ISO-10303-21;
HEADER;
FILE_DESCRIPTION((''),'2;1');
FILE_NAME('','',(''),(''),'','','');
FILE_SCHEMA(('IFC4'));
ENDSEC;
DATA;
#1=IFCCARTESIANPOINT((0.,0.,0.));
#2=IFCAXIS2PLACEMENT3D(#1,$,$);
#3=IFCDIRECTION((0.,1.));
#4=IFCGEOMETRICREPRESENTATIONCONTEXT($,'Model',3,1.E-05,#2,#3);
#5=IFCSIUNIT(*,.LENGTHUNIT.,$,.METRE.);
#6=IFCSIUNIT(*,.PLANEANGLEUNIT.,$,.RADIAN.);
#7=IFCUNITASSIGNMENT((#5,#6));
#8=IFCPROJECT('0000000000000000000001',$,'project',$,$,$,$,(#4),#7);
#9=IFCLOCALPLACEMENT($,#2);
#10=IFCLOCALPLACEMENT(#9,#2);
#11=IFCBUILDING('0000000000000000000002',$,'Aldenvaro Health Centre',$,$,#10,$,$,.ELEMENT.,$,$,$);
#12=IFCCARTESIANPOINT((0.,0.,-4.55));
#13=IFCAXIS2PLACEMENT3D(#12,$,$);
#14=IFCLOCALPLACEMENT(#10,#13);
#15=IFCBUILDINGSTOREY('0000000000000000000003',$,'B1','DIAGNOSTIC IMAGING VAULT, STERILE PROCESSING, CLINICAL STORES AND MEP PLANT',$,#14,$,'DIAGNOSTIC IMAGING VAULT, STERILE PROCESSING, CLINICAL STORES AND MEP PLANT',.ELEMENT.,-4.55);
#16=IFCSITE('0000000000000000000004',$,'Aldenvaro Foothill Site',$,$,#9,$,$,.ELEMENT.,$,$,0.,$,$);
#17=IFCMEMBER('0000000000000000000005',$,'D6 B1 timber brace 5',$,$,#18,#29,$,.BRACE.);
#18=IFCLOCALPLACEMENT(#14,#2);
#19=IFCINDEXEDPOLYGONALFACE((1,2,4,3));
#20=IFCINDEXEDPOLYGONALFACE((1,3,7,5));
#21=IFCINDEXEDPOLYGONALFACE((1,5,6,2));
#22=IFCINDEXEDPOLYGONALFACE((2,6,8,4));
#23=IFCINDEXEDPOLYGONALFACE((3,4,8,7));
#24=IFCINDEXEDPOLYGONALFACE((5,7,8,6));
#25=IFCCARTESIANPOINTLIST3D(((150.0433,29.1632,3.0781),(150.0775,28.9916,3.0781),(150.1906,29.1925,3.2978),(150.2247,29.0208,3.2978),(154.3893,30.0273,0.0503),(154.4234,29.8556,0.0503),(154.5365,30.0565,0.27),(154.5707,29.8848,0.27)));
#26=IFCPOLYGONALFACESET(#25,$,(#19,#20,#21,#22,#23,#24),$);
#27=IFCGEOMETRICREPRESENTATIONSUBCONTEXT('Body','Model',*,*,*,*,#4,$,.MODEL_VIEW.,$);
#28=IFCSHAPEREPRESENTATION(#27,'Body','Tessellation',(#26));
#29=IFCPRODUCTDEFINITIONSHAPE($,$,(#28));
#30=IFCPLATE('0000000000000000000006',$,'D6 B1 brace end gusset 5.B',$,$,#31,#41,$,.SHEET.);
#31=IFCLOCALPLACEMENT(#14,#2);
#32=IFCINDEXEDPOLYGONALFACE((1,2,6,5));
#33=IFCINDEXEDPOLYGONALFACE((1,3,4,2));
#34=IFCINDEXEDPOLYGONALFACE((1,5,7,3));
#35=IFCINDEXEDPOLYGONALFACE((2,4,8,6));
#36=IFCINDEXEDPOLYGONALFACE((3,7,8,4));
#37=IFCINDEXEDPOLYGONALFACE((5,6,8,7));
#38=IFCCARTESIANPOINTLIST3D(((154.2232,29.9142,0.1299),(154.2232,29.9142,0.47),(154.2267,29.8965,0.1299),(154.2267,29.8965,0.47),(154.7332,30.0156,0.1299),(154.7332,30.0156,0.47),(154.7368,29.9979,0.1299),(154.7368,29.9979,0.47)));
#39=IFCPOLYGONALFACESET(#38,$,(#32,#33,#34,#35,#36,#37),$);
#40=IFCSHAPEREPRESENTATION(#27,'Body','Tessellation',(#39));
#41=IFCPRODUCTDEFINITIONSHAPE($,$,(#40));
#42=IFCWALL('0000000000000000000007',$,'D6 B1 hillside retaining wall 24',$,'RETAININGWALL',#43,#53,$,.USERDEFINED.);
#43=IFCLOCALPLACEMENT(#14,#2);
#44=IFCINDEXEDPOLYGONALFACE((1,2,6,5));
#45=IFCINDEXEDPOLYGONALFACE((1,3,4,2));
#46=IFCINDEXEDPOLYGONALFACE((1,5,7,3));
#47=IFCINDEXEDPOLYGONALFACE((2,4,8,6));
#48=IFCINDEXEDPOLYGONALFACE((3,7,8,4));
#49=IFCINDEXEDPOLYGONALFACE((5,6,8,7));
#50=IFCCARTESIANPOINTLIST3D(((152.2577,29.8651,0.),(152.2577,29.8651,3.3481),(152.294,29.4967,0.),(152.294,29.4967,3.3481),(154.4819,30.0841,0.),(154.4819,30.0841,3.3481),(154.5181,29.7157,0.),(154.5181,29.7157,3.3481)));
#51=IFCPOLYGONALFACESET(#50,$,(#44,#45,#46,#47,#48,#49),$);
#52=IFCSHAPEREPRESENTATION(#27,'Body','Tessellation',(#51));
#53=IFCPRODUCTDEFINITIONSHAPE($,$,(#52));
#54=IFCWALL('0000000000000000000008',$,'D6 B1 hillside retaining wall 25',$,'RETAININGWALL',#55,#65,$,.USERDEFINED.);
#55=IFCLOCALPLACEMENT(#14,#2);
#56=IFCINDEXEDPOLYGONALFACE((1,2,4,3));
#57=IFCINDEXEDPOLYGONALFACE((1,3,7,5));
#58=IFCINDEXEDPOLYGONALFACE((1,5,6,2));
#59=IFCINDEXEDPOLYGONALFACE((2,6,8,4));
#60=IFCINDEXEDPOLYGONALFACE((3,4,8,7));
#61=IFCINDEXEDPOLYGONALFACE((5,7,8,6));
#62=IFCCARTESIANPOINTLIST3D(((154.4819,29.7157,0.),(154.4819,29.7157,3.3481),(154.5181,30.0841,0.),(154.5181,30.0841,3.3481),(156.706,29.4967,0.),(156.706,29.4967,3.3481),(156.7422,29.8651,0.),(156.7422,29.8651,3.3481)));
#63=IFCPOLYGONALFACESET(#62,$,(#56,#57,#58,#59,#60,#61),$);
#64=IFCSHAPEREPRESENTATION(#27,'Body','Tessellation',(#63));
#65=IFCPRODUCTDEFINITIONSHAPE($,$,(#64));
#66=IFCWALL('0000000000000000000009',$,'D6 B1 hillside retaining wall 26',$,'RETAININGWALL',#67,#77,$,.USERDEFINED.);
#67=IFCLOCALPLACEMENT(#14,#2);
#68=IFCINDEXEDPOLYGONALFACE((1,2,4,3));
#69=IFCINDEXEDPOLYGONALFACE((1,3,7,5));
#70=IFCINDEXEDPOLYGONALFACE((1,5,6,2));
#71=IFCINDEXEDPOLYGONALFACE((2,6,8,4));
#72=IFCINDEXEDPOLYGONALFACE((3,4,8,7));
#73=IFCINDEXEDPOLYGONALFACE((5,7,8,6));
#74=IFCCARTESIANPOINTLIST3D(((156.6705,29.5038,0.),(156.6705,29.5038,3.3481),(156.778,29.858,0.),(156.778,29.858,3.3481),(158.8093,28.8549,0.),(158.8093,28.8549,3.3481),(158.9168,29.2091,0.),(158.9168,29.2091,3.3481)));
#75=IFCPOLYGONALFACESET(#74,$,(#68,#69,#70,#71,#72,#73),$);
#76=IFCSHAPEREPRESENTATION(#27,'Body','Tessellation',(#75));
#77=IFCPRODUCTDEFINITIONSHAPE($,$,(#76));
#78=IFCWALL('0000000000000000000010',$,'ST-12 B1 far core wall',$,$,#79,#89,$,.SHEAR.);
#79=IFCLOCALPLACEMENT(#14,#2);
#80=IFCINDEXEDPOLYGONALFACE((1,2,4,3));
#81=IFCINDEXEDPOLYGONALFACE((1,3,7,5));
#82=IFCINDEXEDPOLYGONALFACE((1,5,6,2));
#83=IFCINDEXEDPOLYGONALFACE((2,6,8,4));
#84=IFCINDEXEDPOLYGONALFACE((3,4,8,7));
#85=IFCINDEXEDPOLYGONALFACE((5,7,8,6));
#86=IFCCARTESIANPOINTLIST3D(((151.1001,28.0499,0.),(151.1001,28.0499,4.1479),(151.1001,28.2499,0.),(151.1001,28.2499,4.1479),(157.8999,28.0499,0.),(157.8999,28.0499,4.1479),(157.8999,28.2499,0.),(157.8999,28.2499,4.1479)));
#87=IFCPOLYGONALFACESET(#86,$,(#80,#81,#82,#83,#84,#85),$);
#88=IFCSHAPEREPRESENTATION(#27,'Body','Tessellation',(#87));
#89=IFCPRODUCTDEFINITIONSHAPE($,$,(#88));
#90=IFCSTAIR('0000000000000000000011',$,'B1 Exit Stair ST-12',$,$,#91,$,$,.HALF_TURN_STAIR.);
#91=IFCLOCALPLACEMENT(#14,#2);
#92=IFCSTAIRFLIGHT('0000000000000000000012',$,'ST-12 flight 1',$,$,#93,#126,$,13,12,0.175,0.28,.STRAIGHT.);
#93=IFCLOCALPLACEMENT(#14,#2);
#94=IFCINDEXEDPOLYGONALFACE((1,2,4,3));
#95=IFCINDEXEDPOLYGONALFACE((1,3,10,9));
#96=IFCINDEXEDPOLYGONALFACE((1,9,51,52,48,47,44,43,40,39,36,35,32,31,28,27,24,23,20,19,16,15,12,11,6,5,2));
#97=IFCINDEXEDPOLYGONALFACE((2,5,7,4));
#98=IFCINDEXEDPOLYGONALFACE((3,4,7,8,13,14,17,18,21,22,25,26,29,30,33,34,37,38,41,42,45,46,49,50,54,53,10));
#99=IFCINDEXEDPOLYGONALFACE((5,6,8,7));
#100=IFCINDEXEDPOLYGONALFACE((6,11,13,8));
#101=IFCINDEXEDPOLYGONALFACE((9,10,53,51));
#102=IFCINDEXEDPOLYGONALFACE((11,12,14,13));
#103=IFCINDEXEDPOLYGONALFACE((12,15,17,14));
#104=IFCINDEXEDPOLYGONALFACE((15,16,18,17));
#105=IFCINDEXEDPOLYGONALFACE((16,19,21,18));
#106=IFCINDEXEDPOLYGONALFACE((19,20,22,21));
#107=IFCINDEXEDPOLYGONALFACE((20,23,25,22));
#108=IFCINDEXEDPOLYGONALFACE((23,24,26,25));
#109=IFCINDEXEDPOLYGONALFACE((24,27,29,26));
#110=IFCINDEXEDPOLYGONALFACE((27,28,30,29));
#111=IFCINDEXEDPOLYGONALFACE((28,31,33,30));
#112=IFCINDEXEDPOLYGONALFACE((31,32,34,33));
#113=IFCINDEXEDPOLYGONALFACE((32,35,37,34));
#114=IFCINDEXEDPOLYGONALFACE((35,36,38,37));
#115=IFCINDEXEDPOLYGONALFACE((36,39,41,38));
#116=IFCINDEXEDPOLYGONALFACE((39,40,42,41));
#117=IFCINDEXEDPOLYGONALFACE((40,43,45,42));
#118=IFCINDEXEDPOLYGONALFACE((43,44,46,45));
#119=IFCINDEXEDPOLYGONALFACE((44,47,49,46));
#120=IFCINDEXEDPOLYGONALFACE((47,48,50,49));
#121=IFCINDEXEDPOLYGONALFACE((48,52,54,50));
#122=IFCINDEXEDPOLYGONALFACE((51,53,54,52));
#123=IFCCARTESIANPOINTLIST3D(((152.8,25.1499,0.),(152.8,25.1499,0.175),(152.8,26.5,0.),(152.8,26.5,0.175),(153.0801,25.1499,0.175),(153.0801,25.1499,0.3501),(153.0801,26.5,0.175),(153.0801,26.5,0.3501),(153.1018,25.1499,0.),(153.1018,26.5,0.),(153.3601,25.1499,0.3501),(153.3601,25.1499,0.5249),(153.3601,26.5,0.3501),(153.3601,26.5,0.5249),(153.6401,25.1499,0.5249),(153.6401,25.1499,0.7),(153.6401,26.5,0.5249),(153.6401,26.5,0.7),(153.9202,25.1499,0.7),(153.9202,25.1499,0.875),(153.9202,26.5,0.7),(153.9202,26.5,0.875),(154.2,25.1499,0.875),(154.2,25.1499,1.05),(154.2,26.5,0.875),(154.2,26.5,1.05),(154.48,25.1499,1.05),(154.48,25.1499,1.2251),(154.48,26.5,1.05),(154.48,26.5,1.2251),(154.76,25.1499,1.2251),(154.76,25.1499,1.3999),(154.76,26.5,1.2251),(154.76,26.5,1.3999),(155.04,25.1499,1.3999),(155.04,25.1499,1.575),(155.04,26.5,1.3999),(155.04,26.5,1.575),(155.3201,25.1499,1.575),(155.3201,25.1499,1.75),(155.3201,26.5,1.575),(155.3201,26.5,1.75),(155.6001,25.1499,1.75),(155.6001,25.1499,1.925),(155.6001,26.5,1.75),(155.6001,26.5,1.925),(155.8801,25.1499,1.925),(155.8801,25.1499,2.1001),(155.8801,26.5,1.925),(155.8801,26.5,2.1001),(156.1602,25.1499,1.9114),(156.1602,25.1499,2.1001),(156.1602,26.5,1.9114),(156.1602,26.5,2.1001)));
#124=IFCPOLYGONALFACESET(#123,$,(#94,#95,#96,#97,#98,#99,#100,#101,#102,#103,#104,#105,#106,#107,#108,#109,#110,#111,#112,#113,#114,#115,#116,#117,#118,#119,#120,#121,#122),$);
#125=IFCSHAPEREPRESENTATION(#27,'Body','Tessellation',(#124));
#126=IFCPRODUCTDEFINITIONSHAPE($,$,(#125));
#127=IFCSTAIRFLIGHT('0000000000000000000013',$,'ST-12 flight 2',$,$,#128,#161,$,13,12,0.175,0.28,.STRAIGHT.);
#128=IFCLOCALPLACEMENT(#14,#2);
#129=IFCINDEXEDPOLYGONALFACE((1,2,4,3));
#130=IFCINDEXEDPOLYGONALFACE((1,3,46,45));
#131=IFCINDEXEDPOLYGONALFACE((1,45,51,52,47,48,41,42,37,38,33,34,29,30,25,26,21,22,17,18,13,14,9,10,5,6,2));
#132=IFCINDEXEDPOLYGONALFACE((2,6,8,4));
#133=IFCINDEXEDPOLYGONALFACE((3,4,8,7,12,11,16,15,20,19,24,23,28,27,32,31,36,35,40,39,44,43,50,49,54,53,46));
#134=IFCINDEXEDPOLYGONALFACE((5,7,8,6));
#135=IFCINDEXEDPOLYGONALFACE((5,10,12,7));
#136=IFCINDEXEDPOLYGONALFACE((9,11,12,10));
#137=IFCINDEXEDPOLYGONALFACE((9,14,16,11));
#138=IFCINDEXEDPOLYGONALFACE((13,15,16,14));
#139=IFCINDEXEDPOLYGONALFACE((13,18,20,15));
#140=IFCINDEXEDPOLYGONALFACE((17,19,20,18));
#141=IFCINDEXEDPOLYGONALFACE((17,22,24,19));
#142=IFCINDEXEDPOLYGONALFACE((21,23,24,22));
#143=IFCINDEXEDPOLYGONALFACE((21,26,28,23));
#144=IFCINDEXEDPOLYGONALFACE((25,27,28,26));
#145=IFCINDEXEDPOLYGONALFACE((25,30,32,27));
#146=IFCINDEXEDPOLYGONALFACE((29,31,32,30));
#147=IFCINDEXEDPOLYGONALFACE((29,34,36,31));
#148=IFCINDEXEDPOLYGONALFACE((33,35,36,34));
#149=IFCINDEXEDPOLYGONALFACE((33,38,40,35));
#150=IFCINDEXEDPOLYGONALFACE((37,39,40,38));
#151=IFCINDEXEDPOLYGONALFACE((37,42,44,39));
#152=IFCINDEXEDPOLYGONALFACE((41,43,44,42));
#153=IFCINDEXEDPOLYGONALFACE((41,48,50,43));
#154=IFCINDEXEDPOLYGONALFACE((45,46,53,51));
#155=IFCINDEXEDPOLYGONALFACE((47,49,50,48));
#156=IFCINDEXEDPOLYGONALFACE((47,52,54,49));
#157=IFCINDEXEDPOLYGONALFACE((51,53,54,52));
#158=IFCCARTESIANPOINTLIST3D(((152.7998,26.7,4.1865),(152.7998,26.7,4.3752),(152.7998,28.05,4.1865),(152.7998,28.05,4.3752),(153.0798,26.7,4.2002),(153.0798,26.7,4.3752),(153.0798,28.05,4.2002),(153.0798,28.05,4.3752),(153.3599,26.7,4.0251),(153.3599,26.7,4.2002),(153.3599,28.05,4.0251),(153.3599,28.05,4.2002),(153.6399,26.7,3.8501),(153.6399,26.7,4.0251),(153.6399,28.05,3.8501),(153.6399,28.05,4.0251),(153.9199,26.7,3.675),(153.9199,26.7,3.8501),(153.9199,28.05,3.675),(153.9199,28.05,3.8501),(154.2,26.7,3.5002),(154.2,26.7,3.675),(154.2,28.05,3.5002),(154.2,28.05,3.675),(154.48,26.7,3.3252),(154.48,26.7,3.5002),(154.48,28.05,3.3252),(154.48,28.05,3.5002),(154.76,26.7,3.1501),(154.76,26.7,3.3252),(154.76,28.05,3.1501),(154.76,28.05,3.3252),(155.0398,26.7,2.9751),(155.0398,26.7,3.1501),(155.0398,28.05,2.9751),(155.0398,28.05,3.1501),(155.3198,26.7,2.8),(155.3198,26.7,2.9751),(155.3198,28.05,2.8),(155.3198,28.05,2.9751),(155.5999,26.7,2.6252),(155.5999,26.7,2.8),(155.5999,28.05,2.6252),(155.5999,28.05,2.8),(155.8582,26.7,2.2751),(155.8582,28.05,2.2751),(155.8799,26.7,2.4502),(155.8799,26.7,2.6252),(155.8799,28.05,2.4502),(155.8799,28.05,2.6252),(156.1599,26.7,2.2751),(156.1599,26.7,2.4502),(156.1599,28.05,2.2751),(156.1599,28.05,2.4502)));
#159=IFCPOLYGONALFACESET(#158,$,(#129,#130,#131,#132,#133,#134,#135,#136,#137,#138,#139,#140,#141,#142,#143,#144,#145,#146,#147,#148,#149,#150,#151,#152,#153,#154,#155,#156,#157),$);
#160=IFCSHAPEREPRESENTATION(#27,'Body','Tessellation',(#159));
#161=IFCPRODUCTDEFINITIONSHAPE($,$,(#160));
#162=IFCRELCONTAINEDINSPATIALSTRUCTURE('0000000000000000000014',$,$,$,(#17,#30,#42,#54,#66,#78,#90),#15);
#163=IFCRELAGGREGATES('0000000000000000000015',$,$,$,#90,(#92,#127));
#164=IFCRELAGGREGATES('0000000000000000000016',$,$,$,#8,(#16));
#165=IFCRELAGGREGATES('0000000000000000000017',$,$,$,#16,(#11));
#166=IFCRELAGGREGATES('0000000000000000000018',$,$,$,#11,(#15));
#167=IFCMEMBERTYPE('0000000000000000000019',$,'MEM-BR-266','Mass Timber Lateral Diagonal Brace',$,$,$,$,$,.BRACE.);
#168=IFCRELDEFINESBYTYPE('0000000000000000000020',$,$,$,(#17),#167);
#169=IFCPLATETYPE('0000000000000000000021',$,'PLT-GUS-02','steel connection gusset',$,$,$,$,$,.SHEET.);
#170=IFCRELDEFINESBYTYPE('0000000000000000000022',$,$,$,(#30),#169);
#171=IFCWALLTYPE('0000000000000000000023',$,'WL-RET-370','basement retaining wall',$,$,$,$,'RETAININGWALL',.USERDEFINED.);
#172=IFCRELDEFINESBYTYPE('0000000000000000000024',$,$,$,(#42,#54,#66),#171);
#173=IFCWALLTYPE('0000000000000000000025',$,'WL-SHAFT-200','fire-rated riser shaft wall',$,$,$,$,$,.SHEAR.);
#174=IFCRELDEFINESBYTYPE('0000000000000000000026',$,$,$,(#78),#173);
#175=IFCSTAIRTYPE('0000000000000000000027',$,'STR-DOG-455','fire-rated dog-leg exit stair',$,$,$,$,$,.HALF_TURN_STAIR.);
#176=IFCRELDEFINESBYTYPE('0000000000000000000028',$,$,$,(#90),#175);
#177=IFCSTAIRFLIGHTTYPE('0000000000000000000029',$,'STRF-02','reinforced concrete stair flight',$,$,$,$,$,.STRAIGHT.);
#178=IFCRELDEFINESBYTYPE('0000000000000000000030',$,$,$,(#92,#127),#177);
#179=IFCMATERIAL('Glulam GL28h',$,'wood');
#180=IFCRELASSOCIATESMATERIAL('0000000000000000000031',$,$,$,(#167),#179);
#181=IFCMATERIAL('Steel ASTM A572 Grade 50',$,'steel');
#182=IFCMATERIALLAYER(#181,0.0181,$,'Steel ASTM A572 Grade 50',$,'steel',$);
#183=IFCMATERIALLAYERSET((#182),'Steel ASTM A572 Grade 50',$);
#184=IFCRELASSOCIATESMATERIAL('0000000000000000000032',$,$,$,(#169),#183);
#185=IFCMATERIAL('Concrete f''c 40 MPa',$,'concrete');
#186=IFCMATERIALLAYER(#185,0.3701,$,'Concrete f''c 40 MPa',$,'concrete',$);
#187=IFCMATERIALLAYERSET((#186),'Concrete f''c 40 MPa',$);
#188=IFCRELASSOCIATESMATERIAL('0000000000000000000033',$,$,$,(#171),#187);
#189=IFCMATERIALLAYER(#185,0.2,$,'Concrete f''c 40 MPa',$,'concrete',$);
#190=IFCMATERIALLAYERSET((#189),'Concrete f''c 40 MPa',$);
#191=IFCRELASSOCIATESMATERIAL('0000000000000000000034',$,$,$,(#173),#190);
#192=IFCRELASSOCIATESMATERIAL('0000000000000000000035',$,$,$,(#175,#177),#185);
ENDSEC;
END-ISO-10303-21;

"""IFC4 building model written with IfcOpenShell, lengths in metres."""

from ifc_helpers import new_model, si_unit, direction, frame, frame_2d, origin, origin_2d, place, context, subcontext, project, spatial, polyline, rectangle, outline, extrude, material, layer, layer_set, material_profile, profile_set, type_object, element, aggregate, save


model = new_model("IFC4")

# Units and contexts
model_context = context("Model", 3, precision=1e-05, world=origin(), true_north=direction((0.0, 1.0)))
body_context = subcontext(model_context, "Body", "Model", "MODEL_VIEW")
ifc_project = project(units=[si_unit("LENGTHUNIT", "METRE"), si_unit("PLANEANGLEUNIT", "RADIAN")], contexts=[model_context])

# Site, building, storey
site_placement = place(None, origin())
site = spatial("IfcSite", under=ifc_project, at=site_placement, Name="Aldenvaro Foothill Site", CompositionType="ELEMENT", RefElevation=0.0)
building_placement = place(site_placement, origin())
building = spatial("IfcBuilding", under=site, at=building_placement, Name="Aldenvaro Health Centre", CompositionType="ELEMENT")
storey_placement = place(building_placement, frame((0.0, 0.0, -4.55)))
storey = spatial("IfcBuildingStorey", under=building, at=storey_placement, Name="B1", Description="DIAGNOSTIC IMAGING VAULT, STERILE PROCESSING, CLINICAL STORES AND MEP PLANT", LongName="DIAGNOSTIC IMAGING VAULT, STERILE PROCESSING, CLINICAL STORES AND MEP PLANT", CompositionType="ELEMENT", Elevation=-4.55)

# Shared definitions
ifc_material_1 = material(Name="Concrete f'c 40 MPa", Category="concrete")

# Member
ifc_material_2 = material(Name="Glulam GL28h", Category="wood")
ifc_material_profile_1 = material_profile(ifc_material_2, rectangle(XDim=0.175, YDim=0.2661, at=origin_2d()), Name="GL 175x266", Category="wood")
ifc_profile_set_1 = profile_set([ifc_material_profile_1], Name="Glulam GL28h")
member_type = type_object("IfcMemberType", Name="MEM-BR-266", Description="Mass Timber Lateral Diagonal Brace", PredefinedType="BRACE", material=ifc_profile_set_1)
member_placement = place(storey_placement, frame((154.48, 29.9561, 0.1602), z_axis=(-0.809798, -0.160995, 0.564188), x_axis=(0.194993, -0.980805, 0.0)))
element("IfcMember", 1, at=member_placement, inside=storey, type_object=member_type, Name="D6 B1 timber brace 5", PredefinedType="BRACE", context=body_context, shape_type="SweptSolid", body=[
    extrude(rectangle(XDim=0.175, YDim=0.2661, at=origin_2d()), origin(), (0.0, 0.0, 1.0), 5.3667),
])

# Plate
ifc_material_3 = material(Name="Steel ASTM A572 Grade 50", Category="steel")
ifc_layer_1 = layer(ifc_material_3, 0.0181, Name="Steel ASTM A572 Grade 50", Category="steel")
ifc_layer_set_1 = layer_set([ifc_layer_1], Name="Steel ASTM A572 Grade 50")
plate_type = type_object("IfcPlateType", Name="PLT-GUS-02", Description="steel connection gusset", PredefinedType="SHEET", material=ifc_layer_set_1)
plate_placement = place(storey_placement, frame((154.48, 29.9561, 0.1299), z_axis=(0.0, 0.0, 1.0), x_axis=(-0.980806, -0.194988, 0.0)))
element("IfcPlate", 2, at=plate_placement, inside=storey, type_object=plate_type, Name="D6 B1 brace end gusset 5.B", PredefinedType="SHEET", context=body_context, shape_type="SweptSolid", body=[
    extrude(rectangle(XDim=0.52, YDim=0.0181, at=origin_2d()), origin(), (0.0, 0.0, 1.0), 0.3401),
])

# Walls
ifc_layer_2 = layer(ifc_material_1, 0.3701, Name="Concrete f'c 40 MPa", Category="concrete")
ifc_layer_set_2 = layer_set([ifc_layer_2], Name="Concrete f'c 40 MPa")
wall_type_1 = type_object("IfcWallType", Name="WL-RET-370", Description="basement retaining wall", ElementType="RETAININGWALL", PredefinedType="USERDEFINED", material=ifc_layer_set_2)
for number, where, z_axis, x_axis, name in (
    (3, (152.2759, 29.6809, 0.0), (0.0, 0.0, 1.0), (0.995187, 0.097989, 0.0), "D6 B1 hillside retaining wall 24"),
    (4, (154.5, 29.8999, 0.0), (0.0, 0.0, 1.0), (0.995187, -0.097989, 0.0), "D6 B1 hillside retaining wall 25"),
):
    element("IfcWall", number, at=place(storey_placement, frame(where, z_axis=z_axis, x_axis=x_axis)), inside=storey, type_object=wall_type_1, Name=name, ObjectType="RETAININGWALL", PredefinedType="USERDEFINED", context=body_context, shape_type="SweptSolid", body=[
        extrude(rectangle(XDim=2.2349, YDim=0.3701, at=frame_2d((1.1174, 0.0))), origin(), (0.0, 0.0, 1.0), 3.3481),
    ])
wall_1_placement = place(storey_placement, frame((156.7241, 29.6809, 0.0), z_axis=(0.0, 0.0, 1.0), x_axis=(0.956929, -0.290323, 0.0)))
element("IfcWall", 5, at=wall_1_placement, inside=storey, type_object=wall_type_1, Name="D6 B1 hillside retaining wall 26", ObjectType="RETAININGWALL", PredefinedType="USERDEFINED", context=body_context, shape_type="SweptSolid", body=[
    extrude(rectangle(XDim=2.2351, YDim=0.3701, at=frame_2d((1.1177, 0.0))), origin(), (0.0, 0.0, 1.0), 3.3481),
])
ifc_layer_3 = layer(ifc_material_1, 0.2, Name="Concrete f'c 40 MPa", Category="concrete")
ifc_layer_set_3 = layer_set([ifc_layer_3], Name="Concrete f'c 40 MPa")
wall_type_2 = type_object("IfcWallType", Name="WL-SHAFT-200", Description="fire-rated riser shaft wall", PredefinedType="SHEAR", material=ifc_layer_set_3)
wall_2_placement = place(storey_placement, frame((151.1001, 28.1499, 0.0), z_axis=(0.0, 0.0, 1.0), x_axis=(1.0, 0.0, 0.0)))
element("IfcWall", 6, at=wall_2_placement, inside=storey, type_object=wall_type_2, Name="ST-12 B1 far core wall", PredefinedType="SHEAR", context=body_context, shape_type="SweptSolid", body=[
    extrude(rectangle(XDim=6.7998, YDim=0.2, at=frame_2d((3.3999, 0.0))), origin(), (0.0, 0.0, 1.0), 4.1479),
])

# Stair, stair flights
stair_type = type_object("IfcStairType", Name="STR-DOG-455", Description="fire-rated dog-leg exit stair", PredefinedType="HALF_TURN_STAIR", material=ifc_material_1)
stair_placement = place(storey_placement, origin())
stair = element("IfcStair", 7, at=stair_placement, inside=storey, type_object=stair_type, Name="B1 Exit Stair ST-12", PredefinedType="HALF_TURN_STAIR")
stair_flight_type = type_object("IfcStairFlightType", Name="STRF-02", Description="reinforced concrete stair flight", PredefinedType="STRAIGHT", material=ifc_material_1)
stair_flight_1_placement = place(storey_placement, frame((152.8, 25.825, 0.0), z_axis=(0.0, 0.0, 1.0), x_axis=(1.0, 0.0, 0.0)))
stair_flight_1 = element("IfcStairFlight", 8, at=stair_flight_1_placement, type_object=stair_flight_type, Name="ST-12 flight 1", NumberOfRisers=13, NumberOfTreads=12, PredefinedType="STRAIGHT", RiserHeight=0.175, TreadLength=0.28, context=body_context, shape_type="SweptSolid", body=[
    extrude(outline(polyline([(0.0, 0.0), (0.0, 0.175), (0.28, 0.175), (0.28, 0.3501), (0.5601, 0.3501), (0.5601, 0.5249), (0.8401, 0.5249), (0.8401, 0.7), (1.1201, 0.7), (1.1201, 0.875), (1.3999, 0.875), (1.3999, 1.05), (1.6799, 1.05), (1.6799, 1.2251), (1.96, 1.2251), (1.96, 1.3999), (2.24, 1.3999), (2.24, 1.575), (2.52, 1.575), (2.52, 1.75), (2.8, 1.75), (2.8, 1.925), (3.0801, 1.925), (3.0801, 2.1001), (3.3601, 2.1001), (3.3601, 2.2749), (3.3601, 1.9114), (0.3018, 0.0), (0.0, 0.0)])), frame((0.0, 0.675, 0.0), z_axis=(0.0, -1.0, 0.0), x_axis=(1.0, 0.0, 0.0)), (0.0, 0.0, 1.0), 1.3501),
])
stair_flight_2_placement = place(storey_placement, frame((156.1599, 27.375, 2.2751), z_axis=(0.0, 0.0, 1.0), x_axis=(-1.0, 0.0, 0.0)))
stair_flight_2 = element("IfcStairFlight", 9, at=stair_flight_2_placement, type_object=stair_flight_type, Name="ST-12 flight 2", NumberOfRisers=13, NumberOfTreads=12, PredefinedType="STRAIGHT", RiserHeight=0.175, TreadLength=0.28, context=body_context, shape_type="SweptSolid", body=[
    extrude(outline(polyline([(0.0, 0.0), (0.0, 0.175), (0.28, 0.175), (0.28, 0.3501), (0.5601, 0.3501), (0.5601, 0.5249), (0.8401, 0.5249), (0.8401, 0.7), (1.1201, 0.7), (1.1201, 0.875), (1.3999, 0.875), (1.3999, 1.05), (1.6799, 1.05), (1.6799, 1.2251), (1.96, 1.2251), (1.96, 1.3999), (2.24, 1.3999), (2.24, 1.575), (2.52, 1.575), (2.52, 1.75), (2.8, 1.75), (2.8, 1.925), (3.0801, 1.925), (3.0801, 2.1001), (3.3601, 2.1001), (3.3601, 2.2749), (3.3601, 1.9114), (0.3018, 0.0), (0.0, 0.0)])), frame((0.0, 0.675, 0.0), z_axis=(0.0, -1.0, 0.0), x_axis=(1.0, 0.0, 0.0)), (0.0, 0.0, 1.0), 1.3501),
])
aggregate(stair, [stair_flight_1, stair_flight_2])

save(model, "model.ifc")
